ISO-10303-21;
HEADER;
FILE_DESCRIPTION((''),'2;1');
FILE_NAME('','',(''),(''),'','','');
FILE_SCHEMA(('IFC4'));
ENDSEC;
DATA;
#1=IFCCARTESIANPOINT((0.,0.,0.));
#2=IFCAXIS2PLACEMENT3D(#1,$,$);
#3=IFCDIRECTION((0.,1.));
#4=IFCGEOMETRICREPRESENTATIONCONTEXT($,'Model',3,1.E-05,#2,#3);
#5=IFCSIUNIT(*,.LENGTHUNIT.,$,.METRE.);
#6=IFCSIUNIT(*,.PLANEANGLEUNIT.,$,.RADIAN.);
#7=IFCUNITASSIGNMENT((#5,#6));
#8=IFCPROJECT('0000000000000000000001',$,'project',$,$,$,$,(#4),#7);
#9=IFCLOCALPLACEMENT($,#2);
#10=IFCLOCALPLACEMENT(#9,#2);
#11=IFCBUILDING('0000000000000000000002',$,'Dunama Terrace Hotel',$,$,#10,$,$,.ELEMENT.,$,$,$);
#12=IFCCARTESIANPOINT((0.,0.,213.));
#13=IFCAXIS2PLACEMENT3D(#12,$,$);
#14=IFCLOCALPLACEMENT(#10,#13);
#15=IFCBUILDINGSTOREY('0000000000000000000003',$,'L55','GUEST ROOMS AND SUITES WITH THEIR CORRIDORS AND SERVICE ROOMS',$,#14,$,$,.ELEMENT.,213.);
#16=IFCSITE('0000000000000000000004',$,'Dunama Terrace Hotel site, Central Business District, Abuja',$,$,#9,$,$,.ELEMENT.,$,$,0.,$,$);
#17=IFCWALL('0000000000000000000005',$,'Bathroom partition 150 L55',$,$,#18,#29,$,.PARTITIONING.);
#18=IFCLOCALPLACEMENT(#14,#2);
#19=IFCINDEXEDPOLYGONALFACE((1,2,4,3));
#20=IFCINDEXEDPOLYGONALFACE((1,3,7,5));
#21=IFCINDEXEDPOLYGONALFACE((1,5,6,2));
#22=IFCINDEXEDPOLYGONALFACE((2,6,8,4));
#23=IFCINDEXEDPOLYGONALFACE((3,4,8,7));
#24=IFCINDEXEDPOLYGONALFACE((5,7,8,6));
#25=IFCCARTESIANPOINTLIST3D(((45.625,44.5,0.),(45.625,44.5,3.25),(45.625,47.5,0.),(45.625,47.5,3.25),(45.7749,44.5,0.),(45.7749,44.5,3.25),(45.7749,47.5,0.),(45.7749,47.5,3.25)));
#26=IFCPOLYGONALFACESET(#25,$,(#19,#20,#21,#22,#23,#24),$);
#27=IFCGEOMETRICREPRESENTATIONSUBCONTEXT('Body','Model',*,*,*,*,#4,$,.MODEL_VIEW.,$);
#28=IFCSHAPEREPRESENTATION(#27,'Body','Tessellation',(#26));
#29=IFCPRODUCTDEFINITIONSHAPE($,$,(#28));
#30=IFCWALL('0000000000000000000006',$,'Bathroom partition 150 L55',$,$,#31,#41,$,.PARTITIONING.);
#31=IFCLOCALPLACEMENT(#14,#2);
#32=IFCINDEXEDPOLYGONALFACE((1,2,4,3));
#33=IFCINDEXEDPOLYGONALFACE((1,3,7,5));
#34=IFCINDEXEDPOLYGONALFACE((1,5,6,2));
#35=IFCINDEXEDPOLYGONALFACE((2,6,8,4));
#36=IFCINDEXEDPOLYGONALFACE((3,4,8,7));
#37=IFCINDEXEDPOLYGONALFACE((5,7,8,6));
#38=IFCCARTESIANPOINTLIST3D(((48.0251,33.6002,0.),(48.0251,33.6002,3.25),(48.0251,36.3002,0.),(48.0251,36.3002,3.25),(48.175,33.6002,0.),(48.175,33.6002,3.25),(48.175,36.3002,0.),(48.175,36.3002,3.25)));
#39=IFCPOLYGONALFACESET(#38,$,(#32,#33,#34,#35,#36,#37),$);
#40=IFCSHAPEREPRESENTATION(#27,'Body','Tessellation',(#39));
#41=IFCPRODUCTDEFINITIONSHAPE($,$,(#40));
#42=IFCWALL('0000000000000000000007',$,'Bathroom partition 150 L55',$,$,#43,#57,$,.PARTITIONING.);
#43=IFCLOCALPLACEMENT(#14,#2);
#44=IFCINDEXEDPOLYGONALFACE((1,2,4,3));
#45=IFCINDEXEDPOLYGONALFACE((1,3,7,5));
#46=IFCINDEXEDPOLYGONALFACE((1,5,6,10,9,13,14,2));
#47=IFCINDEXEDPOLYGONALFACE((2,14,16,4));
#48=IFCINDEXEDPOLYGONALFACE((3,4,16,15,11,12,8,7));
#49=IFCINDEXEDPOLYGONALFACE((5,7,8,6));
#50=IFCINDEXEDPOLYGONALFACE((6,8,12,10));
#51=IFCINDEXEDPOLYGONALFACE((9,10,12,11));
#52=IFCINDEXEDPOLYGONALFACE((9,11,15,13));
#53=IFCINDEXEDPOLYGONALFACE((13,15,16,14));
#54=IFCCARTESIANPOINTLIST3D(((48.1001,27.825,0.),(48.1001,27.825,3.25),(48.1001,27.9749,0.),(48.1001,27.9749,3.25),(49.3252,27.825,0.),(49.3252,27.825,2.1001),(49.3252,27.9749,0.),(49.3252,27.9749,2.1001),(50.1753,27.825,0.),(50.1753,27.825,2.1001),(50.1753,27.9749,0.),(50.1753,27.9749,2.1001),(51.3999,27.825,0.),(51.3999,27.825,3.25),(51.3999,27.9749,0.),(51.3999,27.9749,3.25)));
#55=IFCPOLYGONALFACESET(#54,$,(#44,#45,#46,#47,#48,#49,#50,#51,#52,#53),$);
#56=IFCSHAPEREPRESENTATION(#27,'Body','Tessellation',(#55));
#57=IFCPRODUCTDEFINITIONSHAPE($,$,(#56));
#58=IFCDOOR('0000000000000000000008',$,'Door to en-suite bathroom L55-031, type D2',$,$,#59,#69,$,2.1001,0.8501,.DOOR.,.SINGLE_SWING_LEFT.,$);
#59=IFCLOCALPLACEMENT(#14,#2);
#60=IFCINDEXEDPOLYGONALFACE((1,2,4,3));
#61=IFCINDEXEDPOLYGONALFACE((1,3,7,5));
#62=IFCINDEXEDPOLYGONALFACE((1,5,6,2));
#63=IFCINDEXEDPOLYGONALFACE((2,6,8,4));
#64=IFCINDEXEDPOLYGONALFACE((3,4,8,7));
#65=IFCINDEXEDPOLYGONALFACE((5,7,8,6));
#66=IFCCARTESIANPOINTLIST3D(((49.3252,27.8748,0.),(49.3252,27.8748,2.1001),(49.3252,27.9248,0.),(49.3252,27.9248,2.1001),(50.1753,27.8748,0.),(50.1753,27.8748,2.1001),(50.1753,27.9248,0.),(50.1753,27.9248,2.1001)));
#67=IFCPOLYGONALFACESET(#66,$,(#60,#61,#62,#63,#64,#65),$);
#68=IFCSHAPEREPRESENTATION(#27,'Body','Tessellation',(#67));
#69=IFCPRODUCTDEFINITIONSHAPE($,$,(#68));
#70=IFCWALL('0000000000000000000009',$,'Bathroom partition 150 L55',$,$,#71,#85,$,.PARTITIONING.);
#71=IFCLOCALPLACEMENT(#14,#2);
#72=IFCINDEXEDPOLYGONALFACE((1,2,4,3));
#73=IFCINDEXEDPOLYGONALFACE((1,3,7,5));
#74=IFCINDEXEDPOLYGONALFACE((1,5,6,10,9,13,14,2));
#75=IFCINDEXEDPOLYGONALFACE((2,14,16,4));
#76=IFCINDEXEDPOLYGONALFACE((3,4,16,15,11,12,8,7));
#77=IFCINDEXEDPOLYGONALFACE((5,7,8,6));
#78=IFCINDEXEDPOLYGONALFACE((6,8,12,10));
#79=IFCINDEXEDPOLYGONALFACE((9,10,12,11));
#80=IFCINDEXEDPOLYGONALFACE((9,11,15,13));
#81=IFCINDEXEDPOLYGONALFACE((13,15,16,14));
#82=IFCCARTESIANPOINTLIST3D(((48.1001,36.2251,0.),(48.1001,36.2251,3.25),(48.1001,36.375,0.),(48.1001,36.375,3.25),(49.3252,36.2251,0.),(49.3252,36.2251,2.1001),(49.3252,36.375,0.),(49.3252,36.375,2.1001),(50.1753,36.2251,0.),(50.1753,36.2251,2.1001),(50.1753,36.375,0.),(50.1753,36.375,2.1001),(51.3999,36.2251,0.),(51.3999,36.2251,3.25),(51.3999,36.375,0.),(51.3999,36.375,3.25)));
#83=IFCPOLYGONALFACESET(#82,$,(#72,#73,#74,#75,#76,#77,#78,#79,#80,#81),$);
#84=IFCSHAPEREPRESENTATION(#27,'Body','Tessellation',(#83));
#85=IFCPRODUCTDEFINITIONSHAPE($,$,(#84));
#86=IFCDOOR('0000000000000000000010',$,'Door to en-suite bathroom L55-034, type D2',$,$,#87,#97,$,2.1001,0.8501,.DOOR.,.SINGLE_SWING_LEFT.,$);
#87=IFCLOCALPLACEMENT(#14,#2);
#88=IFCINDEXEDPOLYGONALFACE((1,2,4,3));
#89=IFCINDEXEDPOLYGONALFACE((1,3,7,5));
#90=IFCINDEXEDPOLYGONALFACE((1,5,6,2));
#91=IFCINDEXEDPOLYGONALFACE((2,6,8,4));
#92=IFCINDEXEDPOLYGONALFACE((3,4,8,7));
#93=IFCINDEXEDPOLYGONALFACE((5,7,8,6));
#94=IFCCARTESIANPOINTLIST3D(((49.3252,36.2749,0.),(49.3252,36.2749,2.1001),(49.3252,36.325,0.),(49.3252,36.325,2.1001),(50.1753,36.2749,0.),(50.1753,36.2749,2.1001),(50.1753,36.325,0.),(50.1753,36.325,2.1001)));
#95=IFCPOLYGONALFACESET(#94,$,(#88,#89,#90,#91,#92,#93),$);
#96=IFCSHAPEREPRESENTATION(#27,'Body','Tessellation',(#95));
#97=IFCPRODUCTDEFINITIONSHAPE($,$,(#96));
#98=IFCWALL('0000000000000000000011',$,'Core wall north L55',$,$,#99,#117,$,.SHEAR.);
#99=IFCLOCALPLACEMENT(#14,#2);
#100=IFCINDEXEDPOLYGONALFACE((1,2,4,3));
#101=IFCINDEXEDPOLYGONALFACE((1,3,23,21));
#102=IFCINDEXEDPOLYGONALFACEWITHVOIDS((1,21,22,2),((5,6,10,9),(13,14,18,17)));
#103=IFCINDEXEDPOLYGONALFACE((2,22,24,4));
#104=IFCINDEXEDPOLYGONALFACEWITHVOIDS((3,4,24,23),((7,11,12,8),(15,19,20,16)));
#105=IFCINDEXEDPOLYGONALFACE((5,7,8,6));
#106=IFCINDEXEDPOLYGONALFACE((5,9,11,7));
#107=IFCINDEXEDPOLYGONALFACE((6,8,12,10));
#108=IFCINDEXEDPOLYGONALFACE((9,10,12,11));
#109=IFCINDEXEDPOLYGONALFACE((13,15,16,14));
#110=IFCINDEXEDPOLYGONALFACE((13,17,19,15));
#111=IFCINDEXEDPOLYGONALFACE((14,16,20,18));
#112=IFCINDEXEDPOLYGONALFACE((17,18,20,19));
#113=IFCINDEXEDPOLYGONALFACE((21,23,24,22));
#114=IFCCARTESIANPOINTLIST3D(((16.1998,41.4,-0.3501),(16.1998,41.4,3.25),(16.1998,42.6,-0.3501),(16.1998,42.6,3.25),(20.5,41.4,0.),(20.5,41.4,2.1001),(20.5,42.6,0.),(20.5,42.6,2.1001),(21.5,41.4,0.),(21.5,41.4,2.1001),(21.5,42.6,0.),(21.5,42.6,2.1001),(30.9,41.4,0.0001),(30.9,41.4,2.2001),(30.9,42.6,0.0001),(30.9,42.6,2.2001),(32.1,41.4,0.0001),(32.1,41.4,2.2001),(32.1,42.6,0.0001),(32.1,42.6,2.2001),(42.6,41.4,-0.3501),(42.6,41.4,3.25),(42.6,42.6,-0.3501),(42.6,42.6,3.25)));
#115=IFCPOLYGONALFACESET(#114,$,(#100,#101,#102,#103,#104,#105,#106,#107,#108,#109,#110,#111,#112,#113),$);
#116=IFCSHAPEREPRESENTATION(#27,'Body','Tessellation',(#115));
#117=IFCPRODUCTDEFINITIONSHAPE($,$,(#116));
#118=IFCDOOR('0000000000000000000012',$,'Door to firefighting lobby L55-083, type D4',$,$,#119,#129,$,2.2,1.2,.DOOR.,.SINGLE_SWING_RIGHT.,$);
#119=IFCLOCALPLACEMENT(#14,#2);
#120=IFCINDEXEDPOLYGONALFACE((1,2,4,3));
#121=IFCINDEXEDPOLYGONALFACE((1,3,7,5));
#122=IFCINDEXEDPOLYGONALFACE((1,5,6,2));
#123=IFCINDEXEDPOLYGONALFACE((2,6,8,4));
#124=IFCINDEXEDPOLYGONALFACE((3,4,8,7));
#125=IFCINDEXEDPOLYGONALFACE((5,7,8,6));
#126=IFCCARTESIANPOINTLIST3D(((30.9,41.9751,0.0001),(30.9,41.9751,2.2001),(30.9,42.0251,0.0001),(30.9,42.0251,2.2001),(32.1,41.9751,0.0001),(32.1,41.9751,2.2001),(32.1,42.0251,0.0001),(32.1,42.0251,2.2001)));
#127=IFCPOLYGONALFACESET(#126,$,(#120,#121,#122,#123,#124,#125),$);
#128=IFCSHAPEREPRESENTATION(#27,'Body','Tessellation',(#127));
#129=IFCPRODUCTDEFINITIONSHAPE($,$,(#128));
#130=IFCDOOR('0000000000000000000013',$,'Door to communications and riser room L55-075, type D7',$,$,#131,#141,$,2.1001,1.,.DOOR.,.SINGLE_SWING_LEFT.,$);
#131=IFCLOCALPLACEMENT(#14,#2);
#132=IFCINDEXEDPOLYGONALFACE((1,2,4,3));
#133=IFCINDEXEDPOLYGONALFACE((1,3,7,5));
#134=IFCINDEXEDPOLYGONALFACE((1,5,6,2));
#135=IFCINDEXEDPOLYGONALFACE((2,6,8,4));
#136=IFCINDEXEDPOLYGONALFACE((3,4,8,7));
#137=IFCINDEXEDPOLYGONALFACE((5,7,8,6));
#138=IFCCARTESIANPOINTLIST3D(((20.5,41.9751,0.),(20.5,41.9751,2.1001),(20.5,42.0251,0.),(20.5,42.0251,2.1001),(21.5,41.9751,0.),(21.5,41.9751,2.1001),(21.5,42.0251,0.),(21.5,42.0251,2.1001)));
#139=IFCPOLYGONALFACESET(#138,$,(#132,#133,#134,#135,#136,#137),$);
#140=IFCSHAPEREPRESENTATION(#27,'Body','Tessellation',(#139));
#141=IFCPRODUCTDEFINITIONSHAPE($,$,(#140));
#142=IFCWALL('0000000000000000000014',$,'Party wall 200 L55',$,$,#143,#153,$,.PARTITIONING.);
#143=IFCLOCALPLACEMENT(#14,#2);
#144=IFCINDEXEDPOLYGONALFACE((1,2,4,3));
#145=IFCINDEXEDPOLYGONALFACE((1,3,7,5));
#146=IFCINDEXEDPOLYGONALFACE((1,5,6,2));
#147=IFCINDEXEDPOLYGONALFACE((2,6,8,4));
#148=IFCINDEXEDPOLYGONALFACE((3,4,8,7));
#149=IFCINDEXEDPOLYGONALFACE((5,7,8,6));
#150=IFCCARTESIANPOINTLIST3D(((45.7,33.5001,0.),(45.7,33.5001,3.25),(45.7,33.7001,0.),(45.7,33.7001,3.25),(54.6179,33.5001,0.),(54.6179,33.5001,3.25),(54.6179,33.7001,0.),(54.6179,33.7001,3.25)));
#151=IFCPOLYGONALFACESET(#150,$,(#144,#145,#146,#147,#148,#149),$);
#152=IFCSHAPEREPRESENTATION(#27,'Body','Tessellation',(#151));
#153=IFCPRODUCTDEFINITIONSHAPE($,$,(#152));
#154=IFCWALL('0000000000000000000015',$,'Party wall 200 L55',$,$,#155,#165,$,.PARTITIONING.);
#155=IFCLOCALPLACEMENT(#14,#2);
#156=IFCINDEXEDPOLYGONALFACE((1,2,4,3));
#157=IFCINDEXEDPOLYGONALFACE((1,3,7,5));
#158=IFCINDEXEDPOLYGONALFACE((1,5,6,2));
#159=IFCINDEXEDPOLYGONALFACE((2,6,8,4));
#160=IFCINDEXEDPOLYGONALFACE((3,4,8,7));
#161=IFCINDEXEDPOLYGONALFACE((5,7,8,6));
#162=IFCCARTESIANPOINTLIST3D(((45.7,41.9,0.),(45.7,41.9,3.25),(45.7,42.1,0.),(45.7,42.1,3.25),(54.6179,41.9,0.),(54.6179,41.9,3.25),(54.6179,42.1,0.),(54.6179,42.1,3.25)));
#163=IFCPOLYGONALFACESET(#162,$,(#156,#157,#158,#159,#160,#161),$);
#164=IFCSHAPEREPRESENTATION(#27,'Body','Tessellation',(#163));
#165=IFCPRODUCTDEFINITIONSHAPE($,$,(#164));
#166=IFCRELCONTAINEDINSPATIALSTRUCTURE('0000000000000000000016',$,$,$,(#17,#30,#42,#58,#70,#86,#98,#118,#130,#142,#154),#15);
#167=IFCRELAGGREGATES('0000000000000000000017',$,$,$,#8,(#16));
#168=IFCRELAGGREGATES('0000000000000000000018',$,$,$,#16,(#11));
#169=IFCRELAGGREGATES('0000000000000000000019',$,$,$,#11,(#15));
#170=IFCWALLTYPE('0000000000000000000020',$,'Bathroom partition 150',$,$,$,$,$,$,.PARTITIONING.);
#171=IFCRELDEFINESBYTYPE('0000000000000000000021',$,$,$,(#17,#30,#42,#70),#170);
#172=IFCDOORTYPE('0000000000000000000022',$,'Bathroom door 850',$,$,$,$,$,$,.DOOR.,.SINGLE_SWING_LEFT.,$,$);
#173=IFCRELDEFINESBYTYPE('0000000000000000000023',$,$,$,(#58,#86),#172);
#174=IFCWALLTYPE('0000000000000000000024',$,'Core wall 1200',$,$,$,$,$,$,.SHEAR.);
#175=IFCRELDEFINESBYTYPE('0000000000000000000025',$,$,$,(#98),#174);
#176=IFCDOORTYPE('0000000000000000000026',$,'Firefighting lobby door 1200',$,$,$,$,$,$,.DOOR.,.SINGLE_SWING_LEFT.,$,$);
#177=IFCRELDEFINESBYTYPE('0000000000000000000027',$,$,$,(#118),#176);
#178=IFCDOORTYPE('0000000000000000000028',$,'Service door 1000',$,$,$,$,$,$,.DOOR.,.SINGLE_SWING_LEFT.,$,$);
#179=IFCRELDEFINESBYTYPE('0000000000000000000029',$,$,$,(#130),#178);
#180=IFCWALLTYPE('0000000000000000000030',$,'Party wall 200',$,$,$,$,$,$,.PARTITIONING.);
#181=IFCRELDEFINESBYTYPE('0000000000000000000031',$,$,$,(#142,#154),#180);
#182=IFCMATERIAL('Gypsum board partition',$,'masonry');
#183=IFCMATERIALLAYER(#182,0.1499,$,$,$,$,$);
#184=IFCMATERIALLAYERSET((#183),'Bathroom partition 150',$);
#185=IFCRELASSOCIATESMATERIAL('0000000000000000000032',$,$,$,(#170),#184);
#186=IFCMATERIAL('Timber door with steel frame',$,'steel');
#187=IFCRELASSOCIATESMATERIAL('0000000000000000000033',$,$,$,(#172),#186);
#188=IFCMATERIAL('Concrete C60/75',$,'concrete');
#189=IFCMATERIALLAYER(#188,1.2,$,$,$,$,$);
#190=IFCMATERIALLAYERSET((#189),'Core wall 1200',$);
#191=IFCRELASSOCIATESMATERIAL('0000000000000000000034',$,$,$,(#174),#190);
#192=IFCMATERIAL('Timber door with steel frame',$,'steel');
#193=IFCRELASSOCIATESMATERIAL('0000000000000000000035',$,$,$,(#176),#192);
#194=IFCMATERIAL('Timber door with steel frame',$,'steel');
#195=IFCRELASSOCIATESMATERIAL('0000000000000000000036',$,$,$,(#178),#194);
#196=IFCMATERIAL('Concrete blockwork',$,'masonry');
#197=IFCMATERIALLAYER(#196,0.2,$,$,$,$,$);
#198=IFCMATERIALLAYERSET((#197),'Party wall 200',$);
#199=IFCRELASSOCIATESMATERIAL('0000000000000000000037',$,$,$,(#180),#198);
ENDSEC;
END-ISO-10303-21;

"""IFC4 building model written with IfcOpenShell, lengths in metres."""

from ifc_helpers import new_model, si_unit, direction, frame, frame_2d, origin, place, context, subcontext, project, spatial, rectangle, extrude, material, layer, layer_set, type_object, element, fill, save


model = new_model("IFC4")

# Units and contexts
model_context = context("Model", 3, precision=1e-05, world=origin(), true_north=direction((0.0, 1.0)))
body_context = subcontext(model_context, "Body", "Model", "MODEL_VIEW")
ifc_project = project(units=[si_unit("LENGTHUNIT", "METRE"), si_unit("PLANEANGLEUNIT", "RADIAN")], contexts=[model_context])

# Site, building, storey
site_placement = place(None, origin())
site = spatial("IfcSite", under=ifc_project, at=site_placement, Name="Dunama Terrace Hotel site, Central Business District, Abuja", CompositionType="ELEMENT", RefElevation=0.0)
building_placement = place(site_placement, origin())
building = spatial("IfcBuilding", under=site, at=building_placement, Name="Dunama Terrace Hotel", CompositionType="ELEMENT")
storey_placement = place(building_placement, frame((0.0, 0.0, 213.0)))
storey = spatial("IfcBuildingStorey", under=building, at=storey_placement, Name="L55", Description="GUEST ROOMS AND SUITES WITH THEIR CORRIDORS AND SERVICE ROOMS", CompositionType="ELEMENT", Elevation=213.0)

# Walls
ifc_material_1 = material(Name="Gypsum board partition", Category="masonry")
ifc_layer_1 = layer(ifc_material_1, 0.1499)
ifc_layer_set_1 = layer_set([ifc_layer_1], Name="Bathroom partition 150")
wall_type_1 = type_object("IfcWallType", Name="Bathroom partition 150", PredefinedType="PARTITIONING", material=ifc_layer_set_1)
wall_1_placement = place(storey_placement, frame((45.7, 44.5, 0.0), z_axis=(0.0, 0.0, 1.0), x_axis=(0.0, 1.0, 0.0)))
element("IfcWall", 1, at=wall_1_placement, inside=storey, type_object=wall_type_1, Name="Bathroom partition 150 L55", PredefinedType="PARTITIONING", context=body_context, shape_type="SweptSolid", body=[
    extrude(rectangle(XDim=3.0, YDim=0.1499, at=frame_2d((1.5, 0.0))), origin(), (0.0, 0.0, 1.0), 3.25),
])
wall_2_placement = place(storey_placement, frame((48.1001, 33.6001, 0.0), z_axis=(0.0, 0.0, 1.0), x_axis=(0.0, 1.0, 0.0)))
element("IfcWall", 2, at=wall_2_placement, inside=storey, type_object=wall_type_1, Name="Bathroom partition 150 L55", PredefinedType="PARTITIONING", context=body_context, shape_type="SweptSolid", body=[
    extrude(rectangle(XDim=2.7, YDim=0.1499, at=frame_2d((1.3501, 0.0))), origin(), (0.0, 0.0, 1.0), 3.25),
])

# Walls, openings, doors
wall_3_placement = place(storey_placement, frame((48.1001, 27.8999, 0.0), z_axis=(0.0, 0.0, 1.0), x_axis=(1.0, 0.0, 0.0)))
wall_3 = element("IfcWall", 3, at=wall_3_placement, inside=storey, type_object=wall_type_1, Name="Bathroom partition 150 L55", PredefinedType="PARTITIONING", context=body_context, shape_type="SweptSolid", body=[
    extrude(rectangle(XDim=3.2998, YDim=0.1499, at=frame_2d((1.6499, 0.0))), origin(), (0.0, 0.0, 1.0), 3.25),
])
opening_1_placement = place(wall_3_placement, frame((1.2251, 0.0, 0.0)))
opening_1 = element("IfcOpeningElement", 4, at=opening_1_placement, cuts=wall_3, PredefinedType="OPENING", context=body_context, shape_type="SweptSolid", body=[
    extrude(rectangle(XDim=0.8501, YDim=2.1001, at=frame_2d((0.425, 1.05))), frame((0.0, 0.085, 0.0), z_axis=(0.0, -1.0, 0.0), x_axis=(1.0, 0.0, 0.0)), (0.0, 0.0, 1.0), 0.1699),
])
ifc_material_2 = material(Name="Timber door with steel frame", Category="steel")
door_type_1 = type_object("IfcDoorType", Name="Bathroom door 850", OperationType="SINGLE_SWING_LEFT", PredefinedType="DOOR", material=ifc_material_2)
door_1_placement = place(opening_1_placement, frame((0.8501, 0.0, 0.0), z_axis=(0.0, 0.0, 1.0), x_axis=(-1.0, 0.0, 0.0)))
door_1 = element("IfcDoor", 5, at=door_1_placement, inside=storey, type_object=door_type_1, Name="Door to en-suite bathroom L55-031, type D2", OperationType="SINGLE_SWING_LEFT", OverallHeight=2.1001, OverallWidth=0.8501, PredefinedType="DOOR", context=body_context, shape_type="SweptSolid", body=[
    extrude(rectangle(XDim=0.8501, YDim=2.1001, at=frame_2d((0.425, 1.05))), frame((0.0, 0.0251, 0.0), z_axis=(0.0, -1.0, 0.0), x_axis=(1.0, 0.0, 0.0)), (0.0, 0.0, 1.0), 0.05),
])
fill(opening_1, door_1)
wall_4_placement = place(storey_placement, frame((48.1001, 36.3, 0.0), z_axis=(0.0, 0.0, 1.0), x_axis=(1.0, 0.0, 0.0)))
wall_4 = element("IfcWall", 6, at=wall_4_placement, inside=storey, type_object=wall_type_1, Name="Bathroom partition 150 L55", PredefinedType="PARTITIONING", context=body_context, shape_type="SweptSolid", body=[
    extrude(rectangle(XDim=3.2998, YDim=0.1499, at=frame_2d((1.6499, 0.0))), origin(), (0.0, 0.0, 1.0), 3.25),
])
opening_2_placement = place(wall_4_placement, frame((1.2251, 0.0, 0.0)))
opening_2 = element("IfcOpeningElement", 7, at=opening_2_placement, cuts=wall_4, PredefinedType="OPENING", context=body_context, shape_type="SweptSolid", body=[
    extrude(rectangle(XDim=0.8501, YDim=2.1001, at=frame_2d((0.425, 1.05))), frame((0.0, 0.085, 0.0), z_axis=(0.0, -1.0, 0.0), x_axis=(1.0, 0.0, 0.0)), (0.0, 0.0, 1.0), 0.1699),
])
door_2_placement = place(opening_2_placement, frame((0.8501, 0.0, 0.0), z_axis=(0.0, 0.0, 1.0), x_axis=(-1.0, 0.0, 0.0)))
door_2 = element("IfcDoor", 8, at=door_2_placement, inside=storey, type_object=door_type_1, Name="Door to en-suite bathroom L55-034, type D2", OperationType="SINGLE_SWING_LEFT", OverallHeight=2.1001, OverallWidth=0.8501, PredefinedType="DOOR", context=body_context, shape_type="SweptSolid", body=[
    extrude(rectangle(XDim=0.8501, YDim=2.1001, at=frame_2d((0.425, 1.05))), frame((0.0, 0.0251, 0.0), z_axis=(0.0, -1.0, 0.0), x_axis=(1.0, 0.0, 0.0)), (0.0, 0.0, 1.0), 0.05),
])
fill(opening_2, door_2)

# Wall, openings, doors
ifc_material_3 = material(Name="Concrete C60/75", Category="concrete")
ifc_layer_2 = layer(ifc_material_3, 1.2)
ifc_layer_set_2 = layer_set([ifc_layer_2], Name="Core wall 1200")
wall_type_2 = type_object("IfcWallType", Name="Core wall 1200", PredefinedType="SHEAR", material=ifc_layer_set_2)
wall_5_placement = place(storey_placement, frame((42.6001, 42.0, -0.3501), z_axis=(0.0, 0.0, 1.0), x_axis=(-1.0, 0.0, 0.0)))
wall_5 = element("IfcWall", 9, at=wall_5_placement, inside=storey, type_object=wall_type_2, Name="Core wall north L55", PredefinedType="SHEAR", context=body_context, shape_type="SweptSolid", body=[
    extrude(rectangle(XDim=26.4001, YDim=1.2, at=frame_2d((13.2002, 0.0))), origin(), (0.0, 0.0, 1.0), 3.6001),
])
opening_3_placement = place(wall_5_placement, frame((21.1001, 0.0, 0.3501)))
opening_3 = element("IfcOpeningElement", 10, at=opening_3_placement, cuts=wall_5, PredefinedType="OPENING", context=body_context, shape_type="SweptSolid", body=[
    extrude(rectangle(XDim=1.0, YDim=2.1001, at=frame_2d((0.5, 1.05))), frame((0.0, 0.6099, 0.0), z_axis=(0.0, -1.0, 0.0), x_axis=(1.0, 0.0, 0.0)), (0.0, 0.0, 1.0), 1.22),
])
opening_4_placement = place(wall_5_placement, frame((10.5, 0.0, 0.3501)))
opening_4 = element("IfcOpeningElement", 11, at=opening_4_placement, cuts=wall_5, PredefinedType="OPENING", context=body_context, shape_type="SweptSolid", body=[
    extrude(rectangle(XDim=1.2, YDim=2.2, at=frame_2d((0.6001, 1.1001))), frame((0.0, 0.6099, 0.0), z_axis=(0.0, -1.0, 0.0), x_axis=(1.0, 0.0, 0.0)), (0.0, 0.0, 1.0), 1.22),
])
ifc_material_4 = material(Name="Timber door with steel frame", Category="steel")
door_type_2 = type_object("IfcDoorType", Name="Firefighting lobby door 1200", OperationType="SINGLE_SWING_LEFT", PredefinedType="DOOR", material=ifc_material_4)
door_3_placement = place(opening_4_placement, origin())
door_3 = element("IfcDoor", 12, at=door_3_placement, inside=storey, type_object=door_type_2, Name="Door to firefighting lobby L55-083, type D4", OperationType="SINGLE_SWING_RIGHT", OverallHeight=2.2, OverallWidth=1.2, PredefinedType="DOOR", context=body_context, shape_type="SweptSolid", body=[
    extrude(rectangle(XDim=1.2, YDim=2.2, at=frame_2d((0.6001, 1.1001))), frame((0.0, 0.0249, 0.0), z_axis=(0.0, -1.0, 0.0), x_axis=(1.0, 0.0, 0.0)), (0.0, 0.0, 1.0), 0.05),
])
fill(opening_4, door_3)
ifc_material_5 = material(Name="Timber door with steel frame", Category="steel")
door_type_3 = type_object("IfcDoorType", Name="Service door 1000", OperationType="SINGLE_SWING_LEFT", PredefinedType="DOOR", material=ifc_material_5)
door_4_placement = place(opening_3_placement, origin())
door_4 = element("IfcDoor", 13, at=door_4_placement, inside=storey, type_object=door_type_3, Name="Door to communications and riser room L55-075, type D7", OperationType="SINGLE_SWING_LEFT", OverallHeight=2.1001, OverallWidth=1.0, PredefinedType="DOOR", context=body_context, shape_type="SweptSolid", body=[
    extrude(rectangle(XDim=1.0, YDim=2.1001, at=frame_2d((0.5, 1.05))), frame((0.0, 0.0249, 0.0), z_axis=(0.0, -1.0, 0.0), x_axis=(1.0, 0.0, 0.0)), (0.0, 0.0, 1.0), 0.05),
])
fill(opening_3, door_4)

# Walls
ifc_material_6 = material(Name="Concrete blockwork", Category="masonry")
ifc_layer_3 = layer(ifc_material_6, 0.2)
ifc_layer_set_3 = layer_set([ifc_layer_3], Name="Party wall 200")
wall_type_3 = type_object("IfcWallType", Name="Party wall 200", PredefinedType="PARTITIONING", material=ifc_layer_set_3)
for number, where, z_axis, x_axis, name in (
    (14, (45.7, 33.6001, 0.0), (0.0, 0.0, 1.0), (1.0, 0.0, 0.0), "Party wall 200 L55"),
    (15, (45.7, 42.0, 0.0), (0.0, 0.0, 1.0), (1.0, 0.0, 0.0), "Party wall 200 L55"),
):
    element("IfcWall", number, at=place(storey_placement, frame(where, z_axis=z_axis, x_axis=x_axis)), inside=storey, type_object=wall_type_3, Name=name, PredefinedType="PARTITIONING", context=body_context, shape_type="SweptSolid", body=[
        extrude(rectangle(XDim=8.918, YDim=0.2, at=frame_2d((4.459, 0.0))), origin(), (0.0, 0.0, 1.0), 3.25),
    ])

save(model, "model.ifc")
